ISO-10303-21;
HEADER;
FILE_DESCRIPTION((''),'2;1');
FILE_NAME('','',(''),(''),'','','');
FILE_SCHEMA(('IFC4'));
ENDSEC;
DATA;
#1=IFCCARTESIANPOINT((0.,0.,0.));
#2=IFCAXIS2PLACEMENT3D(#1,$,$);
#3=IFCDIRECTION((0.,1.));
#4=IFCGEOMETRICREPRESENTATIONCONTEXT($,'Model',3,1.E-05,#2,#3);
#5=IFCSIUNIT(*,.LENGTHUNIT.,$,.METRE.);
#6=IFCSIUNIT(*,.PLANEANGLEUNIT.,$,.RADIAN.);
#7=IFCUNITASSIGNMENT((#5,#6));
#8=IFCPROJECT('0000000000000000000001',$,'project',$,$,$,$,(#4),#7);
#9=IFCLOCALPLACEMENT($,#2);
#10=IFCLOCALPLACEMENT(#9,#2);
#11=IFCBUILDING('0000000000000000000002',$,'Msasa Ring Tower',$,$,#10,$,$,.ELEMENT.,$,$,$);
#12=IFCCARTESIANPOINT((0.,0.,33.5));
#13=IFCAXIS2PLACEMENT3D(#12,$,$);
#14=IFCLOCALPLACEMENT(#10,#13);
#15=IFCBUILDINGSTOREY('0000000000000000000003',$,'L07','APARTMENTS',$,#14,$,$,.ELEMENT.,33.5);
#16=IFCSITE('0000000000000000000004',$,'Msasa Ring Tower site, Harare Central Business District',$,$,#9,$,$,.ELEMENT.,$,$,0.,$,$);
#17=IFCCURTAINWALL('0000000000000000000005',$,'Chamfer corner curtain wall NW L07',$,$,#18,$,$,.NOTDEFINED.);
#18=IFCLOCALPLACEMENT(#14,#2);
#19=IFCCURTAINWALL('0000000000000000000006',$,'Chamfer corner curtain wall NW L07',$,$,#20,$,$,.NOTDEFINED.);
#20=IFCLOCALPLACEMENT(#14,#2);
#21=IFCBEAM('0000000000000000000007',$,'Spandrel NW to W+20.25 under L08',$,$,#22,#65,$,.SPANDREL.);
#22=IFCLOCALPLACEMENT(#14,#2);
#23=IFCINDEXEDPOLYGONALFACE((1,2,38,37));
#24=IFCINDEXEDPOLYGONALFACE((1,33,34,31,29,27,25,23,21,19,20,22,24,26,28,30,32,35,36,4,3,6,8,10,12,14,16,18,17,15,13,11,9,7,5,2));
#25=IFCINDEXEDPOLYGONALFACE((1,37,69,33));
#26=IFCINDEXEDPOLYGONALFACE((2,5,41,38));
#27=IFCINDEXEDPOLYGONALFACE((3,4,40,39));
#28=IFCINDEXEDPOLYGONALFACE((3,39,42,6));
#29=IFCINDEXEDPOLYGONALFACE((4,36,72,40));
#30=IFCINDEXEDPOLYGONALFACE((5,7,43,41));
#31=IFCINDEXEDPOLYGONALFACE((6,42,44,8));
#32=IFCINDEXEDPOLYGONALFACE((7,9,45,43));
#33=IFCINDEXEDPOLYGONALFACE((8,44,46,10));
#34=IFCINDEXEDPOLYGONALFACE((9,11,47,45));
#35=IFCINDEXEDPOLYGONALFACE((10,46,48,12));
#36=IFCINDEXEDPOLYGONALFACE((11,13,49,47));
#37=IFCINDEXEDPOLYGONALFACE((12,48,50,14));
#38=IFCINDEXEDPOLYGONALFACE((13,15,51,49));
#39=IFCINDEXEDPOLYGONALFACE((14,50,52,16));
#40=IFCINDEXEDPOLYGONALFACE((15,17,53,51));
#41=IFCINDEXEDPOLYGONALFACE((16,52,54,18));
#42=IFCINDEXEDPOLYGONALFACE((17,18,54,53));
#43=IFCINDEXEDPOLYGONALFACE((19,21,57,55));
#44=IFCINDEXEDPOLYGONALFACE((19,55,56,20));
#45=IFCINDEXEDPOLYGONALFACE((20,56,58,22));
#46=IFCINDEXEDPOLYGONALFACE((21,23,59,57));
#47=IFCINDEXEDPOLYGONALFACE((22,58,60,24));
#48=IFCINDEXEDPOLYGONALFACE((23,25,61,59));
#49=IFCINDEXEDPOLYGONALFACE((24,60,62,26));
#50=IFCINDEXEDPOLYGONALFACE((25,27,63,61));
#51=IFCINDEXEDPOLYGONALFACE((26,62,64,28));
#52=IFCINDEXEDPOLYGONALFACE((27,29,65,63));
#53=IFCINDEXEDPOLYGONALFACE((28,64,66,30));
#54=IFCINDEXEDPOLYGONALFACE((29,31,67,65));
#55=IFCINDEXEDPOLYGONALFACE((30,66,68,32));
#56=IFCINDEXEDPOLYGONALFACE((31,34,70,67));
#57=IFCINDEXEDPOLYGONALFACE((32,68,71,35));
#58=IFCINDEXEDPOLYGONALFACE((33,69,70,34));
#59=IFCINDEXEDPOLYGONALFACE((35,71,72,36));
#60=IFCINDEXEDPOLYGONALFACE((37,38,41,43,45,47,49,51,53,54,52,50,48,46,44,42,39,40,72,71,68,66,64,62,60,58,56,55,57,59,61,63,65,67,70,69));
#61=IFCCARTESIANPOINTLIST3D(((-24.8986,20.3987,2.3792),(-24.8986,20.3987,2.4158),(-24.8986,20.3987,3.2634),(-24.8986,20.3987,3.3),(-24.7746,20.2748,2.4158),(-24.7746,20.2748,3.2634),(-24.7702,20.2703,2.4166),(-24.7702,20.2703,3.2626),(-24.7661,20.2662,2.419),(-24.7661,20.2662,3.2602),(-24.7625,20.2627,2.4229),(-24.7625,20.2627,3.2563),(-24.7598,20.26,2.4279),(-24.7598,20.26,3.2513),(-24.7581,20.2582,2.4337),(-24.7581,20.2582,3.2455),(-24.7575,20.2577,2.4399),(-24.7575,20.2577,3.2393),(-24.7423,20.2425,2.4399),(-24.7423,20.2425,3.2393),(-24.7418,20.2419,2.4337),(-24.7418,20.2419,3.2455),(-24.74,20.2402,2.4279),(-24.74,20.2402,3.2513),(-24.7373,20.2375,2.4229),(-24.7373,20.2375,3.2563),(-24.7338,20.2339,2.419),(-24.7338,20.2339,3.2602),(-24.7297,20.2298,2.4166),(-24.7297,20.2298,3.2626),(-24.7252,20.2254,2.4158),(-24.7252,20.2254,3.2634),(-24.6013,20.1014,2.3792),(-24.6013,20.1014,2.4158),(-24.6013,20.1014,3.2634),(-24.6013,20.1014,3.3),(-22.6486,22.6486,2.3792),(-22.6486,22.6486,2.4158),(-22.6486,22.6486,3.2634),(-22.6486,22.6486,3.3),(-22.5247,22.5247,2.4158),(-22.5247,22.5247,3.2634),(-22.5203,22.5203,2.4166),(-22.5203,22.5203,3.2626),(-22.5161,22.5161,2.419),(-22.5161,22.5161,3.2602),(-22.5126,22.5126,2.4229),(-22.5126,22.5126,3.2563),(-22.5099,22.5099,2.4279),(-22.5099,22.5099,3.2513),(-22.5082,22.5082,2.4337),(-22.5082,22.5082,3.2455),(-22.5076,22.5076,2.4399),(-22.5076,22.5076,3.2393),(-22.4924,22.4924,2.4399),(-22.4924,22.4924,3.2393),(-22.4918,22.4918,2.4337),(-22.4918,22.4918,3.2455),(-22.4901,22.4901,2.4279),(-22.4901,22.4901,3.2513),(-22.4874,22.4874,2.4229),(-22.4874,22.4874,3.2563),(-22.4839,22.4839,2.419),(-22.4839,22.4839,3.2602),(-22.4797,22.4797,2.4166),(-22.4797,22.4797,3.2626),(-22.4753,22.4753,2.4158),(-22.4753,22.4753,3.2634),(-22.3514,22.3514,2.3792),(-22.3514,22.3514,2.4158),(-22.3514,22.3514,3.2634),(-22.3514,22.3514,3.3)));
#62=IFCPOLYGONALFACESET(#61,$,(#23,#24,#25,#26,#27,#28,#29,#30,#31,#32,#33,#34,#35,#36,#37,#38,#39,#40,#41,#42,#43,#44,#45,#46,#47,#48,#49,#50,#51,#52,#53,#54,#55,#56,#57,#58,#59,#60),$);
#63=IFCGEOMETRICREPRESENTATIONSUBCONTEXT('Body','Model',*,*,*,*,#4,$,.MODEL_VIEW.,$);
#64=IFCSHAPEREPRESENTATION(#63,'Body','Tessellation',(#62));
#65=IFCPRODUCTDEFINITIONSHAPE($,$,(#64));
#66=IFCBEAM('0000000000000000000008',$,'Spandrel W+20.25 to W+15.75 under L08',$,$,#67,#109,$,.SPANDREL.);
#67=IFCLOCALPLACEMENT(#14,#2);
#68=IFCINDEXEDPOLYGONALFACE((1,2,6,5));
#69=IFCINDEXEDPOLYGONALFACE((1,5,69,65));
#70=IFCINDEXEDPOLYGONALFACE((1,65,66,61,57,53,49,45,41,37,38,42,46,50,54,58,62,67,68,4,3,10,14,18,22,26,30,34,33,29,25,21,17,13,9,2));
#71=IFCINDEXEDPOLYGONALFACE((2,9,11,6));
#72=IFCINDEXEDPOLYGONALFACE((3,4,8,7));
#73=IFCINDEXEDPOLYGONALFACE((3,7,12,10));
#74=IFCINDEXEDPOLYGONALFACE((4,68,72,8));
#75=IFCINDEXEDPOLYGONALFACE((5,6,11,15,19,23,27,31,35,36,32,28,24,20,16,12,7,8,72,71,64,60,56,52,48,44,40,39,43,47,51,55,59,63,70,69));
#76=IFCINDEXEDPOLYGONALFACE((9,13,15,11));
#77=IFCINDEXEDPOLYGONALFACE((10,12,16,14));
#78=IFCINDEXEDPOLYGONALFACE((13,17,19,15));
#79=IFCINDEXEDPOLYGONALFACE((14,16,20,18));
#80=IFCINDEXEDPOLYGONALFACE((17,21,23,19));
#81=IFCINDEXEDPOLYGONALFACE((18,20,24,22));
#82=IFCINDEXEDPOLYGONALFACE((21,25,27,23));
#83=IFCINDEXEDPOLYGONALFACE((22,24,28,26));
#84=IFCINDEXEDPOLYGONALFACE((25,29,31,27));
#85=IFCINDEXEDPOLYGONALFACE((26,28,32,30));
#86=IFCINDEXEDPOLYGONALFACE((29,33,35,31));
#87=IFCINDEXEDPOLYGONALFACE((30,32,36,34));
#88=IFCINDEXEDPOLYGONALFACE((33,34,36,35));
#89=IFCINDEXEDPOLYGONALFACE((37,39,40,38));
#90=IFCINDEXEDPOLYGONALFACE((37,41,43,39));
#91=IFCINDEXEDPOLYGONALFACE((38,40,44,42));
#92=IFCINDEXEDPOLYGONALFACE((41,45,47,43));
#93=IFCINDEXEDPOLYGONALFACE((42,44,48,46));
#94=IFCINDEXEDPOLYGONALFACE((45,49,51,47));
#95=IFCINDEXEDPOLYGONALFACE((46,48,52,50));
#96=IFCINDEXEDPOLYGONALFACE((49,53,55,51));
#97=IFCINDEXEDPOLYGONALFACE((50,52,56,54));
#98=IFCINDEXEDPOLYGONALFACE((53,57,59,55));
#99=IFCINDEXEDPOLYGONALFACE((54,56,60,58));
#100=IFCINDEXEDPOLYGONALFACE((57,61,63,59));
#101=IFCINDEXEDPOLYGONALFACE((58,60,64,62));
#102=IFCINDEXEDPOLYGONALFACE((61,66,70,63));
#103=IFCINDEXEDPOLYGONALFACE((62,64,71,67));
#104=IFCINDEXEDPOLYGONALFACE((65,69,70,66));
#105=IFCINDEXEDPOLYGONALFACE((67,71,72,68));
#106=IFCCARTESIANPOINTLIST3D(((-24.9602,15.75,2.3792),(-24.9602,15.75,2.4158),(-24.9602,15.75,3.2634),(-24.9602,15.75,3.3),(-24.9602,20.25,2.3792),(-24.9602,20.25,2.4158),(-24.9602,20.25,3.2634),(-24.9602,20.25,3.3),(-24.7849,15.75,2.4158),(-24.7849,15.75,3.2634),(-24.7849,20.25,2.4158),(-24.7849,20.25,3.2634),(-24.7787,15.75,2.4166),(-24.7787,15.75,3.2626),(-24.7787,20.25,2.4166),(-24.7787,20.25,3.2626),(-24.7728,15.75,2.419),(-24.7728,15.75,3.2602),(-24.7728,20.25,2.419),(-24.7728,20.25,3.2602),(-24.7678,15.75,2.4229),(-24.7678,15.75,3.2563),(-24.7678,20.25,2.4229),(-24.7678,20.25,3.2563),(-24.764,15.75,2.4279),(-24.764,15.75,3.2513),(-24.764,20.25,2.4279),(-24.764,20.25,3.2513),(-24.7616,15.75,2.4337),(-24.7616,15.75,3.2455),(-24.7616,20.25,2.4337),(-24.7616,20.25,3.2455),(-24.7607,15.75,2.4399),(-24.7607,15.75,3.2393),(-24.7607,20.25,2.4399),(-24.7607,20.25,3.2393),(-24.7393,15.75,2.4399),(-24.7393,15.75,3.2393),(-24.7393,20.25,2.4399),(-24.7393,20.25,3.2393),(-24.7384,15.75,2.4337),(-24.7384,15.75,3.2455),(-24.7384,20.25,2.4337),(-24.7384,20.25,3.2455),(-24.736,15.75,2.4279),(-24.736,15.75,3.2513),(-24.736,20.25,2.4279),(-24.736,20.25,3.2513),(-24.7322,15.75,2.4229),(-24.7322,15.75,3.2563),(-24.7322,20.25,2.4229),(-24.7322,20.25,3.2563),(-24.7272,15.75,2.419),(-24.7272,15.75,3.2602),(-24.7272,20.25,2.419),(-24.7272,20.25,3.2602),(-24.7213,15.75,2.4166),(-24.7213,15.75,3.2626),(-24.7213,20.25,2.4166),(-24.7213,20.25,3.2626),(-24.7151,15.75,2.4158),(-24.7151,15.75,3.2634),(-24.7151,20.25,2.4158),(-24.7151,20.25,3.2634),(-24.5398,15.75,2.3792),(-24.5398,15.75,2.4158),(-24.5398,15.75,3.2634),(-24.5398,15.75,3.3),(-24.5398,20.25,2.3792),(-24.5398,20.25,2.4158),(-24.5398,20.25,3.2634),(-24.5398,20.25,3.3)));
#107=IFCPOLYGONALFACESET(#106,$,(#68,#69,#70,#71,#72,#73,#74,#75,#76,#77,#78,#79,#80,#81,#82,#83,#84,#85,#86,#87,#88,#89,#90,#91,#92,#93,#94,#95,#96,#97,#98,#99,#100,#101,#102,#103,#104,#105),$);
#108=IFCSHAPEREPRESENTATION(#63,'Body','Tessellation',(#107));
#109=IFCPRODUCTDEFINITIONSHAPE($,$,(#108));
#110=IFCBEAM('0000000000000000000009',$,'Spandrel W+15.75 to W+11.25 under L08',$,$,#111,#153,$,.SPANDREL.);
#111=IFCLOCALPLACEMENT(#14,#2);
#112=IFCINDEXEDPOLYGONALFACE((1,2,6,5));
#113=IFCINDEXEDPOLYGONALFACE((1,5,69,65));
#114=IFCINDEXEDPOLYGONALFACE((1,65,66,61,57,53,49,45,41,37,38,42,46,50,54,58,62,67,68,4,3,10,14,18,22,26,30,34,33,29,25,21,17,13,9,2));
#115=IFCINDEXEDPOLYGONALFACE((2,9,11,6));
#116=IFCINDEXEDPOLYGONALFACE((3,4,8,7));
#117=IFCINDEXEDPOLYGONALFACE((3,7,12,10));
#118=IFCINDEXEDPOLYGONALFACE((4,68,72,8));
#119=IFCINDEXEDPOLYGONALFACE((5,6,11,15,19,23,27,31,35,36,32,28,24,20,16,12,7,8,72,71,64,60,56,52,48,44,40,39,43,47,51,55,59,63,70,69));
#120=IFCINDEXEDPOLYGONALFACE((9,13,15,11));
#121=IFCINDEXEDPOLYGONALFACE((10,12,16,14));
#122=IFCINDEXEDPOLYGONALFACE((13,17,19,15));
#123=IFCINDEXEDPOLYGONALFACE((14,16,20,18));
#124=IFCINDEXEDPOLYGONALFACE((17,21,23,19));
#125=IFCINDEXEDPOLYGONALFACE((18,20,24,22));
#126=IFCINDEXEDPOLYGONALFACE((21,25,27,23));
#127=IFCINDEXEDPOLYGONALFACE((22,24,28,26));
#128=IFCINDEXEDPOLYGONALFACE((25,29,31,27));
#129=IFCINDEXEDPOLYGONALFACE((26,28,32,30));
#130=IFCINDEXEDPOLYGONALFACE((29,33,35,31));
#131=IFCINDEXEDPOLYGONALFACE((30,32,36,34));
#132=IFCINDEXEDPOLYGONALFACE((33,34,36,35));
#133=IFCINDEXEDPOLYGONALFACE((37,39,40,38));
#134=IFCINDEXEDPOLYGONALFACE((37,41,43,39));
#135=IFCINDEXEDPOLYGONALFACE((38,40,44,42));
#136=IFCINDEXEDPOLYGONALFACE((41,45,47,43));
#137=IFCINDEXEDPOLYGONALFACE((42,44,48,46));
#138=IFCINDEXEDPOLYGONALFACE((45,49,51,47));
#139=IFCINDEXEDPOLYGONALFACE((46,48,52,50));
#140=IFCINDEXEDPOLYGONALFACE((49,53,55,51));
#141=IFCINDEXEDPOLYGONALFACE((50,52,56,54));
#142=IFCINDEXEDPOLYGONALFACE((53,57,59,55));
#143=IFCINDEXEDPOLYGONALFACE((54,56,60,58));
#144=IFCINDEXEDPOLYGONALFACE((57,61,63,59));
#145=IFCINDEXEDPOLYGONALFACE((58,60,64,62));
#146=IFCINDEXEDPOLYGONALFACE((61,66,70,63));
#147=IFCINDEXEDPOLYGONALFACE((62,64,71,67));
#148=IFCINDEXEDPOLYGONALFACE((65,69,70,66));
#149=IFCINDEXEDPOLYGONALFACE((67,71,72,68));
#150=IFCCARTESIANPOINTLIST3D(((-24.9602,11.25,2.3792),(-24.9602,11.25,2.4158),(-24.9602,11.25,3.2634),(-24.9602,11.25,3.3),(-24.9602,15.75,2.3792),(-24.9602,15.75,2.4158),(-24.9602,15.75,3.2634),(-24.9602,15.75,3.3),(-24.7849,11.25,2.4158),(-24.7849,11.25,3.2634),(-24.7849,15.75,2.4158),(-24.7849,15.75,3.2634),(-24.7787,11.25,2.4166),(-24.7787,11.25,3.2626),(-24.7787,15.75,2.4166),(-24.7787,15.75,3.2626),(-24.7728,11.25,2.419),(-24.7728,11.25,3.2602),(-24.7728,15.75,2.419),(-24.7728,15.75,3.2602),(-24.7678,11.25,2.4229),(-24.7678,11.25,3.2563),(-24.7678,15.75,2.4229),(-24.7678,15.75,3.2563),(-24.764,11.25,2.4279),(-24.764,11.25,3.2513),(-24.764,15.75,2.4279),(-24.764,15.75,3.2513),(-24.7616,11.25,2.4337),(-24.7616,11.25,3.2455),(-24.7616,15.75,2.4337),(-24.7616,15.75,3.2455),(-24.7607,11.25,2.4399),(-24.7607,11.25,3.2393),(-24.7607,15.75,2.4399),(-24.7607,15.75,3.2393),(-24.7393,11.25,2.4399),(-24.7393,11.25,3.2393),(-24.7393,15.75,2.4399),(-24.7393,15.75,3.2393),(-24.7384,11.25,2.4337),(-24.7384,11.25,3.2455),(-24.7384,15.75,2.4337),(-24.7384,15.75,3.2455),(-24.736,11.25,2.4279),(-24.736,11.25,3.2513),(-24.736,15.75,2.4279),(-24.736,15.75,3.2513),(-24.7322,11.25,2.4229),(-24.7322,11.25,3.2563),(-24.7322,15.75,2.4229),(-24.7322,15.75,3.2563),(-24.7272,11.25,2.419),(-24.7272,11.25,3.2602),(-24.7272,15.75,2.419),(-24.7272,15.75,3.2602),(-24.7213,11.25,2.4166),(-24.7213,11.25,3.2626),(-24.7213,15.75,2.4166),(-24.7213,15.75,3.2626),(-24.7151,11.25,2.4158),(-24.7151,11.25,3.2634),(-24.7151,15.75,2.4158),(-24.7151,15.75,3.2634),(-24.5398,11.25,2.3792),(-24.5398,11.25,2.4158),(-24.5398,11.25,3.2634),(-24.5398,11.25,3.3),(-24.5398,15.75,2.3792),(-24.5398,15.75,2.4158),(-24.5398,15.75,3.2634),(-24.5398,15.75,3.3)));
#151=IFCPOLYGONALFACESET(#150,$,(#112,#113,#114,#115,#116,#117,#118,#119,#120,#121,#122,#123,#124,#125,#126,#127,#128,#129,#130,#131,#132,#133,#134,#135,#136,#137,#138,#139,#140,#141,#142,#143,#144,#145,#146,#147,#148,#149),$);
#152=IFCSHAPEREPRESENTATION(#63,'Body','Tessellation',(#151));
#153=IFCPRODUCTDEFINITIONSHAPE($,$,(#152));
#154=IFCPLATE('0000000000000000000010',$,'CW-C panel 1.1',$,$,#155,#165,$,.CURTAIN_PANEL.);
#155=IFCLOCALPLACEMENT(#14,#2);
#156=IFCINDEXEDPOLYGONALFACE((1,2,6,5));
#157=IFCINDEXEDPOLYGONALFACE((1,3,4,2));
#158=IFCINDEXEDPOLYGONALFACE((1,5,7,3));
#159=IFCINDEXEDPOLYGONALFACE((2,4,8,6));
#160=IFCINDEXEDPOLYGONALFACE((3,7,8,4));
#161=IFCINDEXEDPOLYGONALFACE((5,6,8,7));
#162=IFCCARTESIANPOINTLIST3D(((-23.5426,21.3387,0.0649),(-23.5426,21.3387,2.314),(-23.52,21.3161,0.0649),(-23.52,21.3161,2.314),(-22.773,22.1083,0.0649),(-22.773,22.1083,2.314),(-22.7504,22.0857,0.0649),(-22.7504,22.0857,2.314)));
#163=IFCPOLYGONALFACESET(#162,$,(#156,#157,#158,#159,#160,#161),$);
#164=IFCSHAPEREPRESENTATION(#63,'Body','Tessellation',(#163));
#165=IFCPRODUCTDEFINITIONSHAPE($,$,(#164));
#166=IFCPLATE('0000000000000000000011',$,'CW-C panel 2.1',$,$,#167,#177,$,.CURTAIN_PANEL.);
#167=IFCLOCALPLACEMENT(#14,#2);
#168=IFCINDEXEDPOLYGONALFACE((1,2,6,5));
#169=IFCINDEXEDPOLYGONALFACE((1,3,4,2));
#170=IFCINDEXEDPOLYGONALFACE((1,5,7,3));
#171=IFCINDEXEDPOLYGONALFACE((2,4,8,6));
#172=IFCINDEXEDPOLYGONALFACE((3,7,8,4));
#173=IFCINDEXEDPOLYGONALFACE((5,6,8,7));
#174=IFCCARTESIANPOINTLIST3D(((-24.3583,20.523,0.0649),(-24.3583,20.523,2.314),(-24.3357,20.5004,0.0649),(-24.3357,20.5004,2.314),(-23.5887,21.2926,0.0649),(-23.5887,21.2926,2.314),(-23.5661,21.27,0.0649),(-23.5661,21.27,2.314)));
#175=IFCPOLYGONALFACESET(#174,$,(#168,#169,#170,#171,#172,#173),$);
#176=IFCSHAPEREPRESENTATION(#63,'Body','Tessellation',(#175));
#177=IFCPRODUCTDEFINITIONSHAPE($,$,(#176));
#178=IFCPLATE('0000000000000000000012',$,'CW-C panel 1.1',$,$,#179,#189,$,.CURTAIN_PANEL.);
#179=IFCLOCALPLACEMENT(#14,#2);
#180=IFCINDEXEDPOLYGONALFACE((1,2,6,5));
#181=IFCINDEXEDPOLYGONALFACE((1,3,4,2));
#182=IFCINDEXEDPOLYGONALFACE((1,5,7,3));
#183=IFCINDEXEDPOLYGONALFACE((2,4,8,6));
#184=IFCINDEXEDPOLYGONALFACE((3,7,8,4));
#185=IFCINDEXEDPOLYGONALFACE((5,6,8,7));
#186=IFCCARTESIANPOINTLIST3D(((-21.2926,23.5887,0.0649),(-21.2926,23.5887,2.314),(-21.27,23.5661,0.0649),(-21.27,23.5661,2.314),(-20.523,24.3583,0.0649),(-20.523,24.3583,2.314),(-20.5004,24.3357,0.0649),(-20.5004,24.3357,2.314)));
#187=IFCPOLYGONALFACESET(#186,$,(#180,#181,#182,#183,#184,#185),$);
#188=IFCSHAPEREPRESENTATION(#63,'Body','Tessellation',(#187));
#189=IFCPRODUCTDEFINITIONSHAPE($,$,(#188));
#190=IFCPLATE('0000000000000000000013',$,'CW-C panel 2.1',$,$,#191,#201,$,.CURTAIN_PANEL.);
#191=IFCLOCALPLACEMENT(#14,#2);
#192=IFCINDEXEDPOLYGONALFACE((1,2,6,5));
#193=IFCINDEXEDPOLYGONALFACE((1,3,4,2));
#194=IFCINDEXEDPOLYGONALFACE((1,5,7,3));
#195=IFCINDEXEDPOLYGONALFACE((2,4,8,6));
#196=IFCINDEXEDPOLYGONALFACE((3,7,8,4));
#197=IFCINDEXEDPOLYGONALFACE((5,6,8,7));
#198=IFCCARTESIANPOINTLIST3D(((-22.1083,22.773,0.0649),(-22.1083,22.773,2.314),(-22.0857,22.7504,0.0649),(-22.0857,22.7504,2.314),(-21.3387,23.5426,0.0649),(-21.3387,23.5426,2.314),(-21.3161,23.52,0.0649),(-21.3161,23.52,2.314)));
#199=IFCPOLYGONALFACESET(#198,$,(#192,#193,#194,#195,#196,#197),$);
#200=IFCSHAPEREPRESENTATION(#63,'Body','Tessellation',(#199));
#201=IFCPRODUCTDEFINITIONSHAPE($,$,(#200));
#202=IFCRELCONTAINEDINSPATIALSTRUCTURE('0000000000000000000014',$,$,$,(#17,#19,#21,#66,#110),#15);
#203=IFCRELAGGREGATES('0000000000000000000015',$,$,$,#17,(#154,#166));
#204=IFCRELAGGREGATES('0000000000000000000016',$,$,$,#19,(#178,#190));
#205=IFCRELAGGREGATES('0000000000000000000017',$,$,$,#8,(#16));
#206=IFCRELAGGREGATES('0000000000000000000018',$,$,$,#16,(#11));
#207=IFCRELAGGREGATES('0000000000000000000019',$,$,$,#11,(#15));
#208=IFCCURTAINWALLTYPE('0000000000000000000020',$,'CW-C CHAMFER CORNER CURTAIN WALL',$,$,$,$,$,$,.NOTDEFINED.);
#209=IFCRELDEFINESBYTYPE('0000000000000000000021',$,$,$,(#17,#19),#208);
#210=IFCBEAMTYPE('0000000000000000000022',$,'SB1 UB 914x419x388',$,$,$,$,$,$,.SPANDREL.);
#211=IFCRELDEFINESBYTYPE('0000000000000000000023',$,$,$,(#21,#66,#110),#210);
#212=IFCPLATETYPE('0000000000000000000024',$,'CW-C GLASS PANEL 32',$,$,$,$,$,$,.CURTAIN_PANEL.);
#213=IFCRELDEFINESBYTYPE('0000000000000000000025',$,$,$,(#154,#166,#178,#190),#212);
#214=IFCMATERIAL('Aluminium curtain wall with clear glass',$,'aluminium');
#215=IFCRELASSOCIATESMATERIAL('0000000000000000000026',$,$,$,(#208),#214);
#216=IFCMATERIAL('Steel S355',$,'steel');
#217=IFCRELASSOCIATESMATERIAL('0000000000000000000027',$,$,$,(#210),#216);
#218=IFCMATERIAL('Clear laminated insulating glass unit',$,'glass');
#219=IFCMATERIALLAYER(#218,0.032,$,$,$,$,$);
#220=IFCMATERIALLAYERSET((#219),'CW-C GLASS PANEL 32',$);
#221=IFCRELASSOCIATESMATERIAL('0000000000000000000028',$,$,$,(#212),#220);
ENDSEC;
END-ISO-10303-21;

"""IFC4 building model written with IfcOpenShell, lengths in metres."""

from ifc_helpers import new_model, si_unit, direction, frame, origin, origin_2d, place, context, subcontext, project, spatial, rectangle, i_section, extrude, material, layer, layer_set, material_profile, profile_set, type_object, element, aggregate, save


model = new_model("IFC4")

# Units and contexts
model_context = context("Model", 3, precision=1e-05, world=origin(), true_north=direction((0.0, 1.0)))
body_context = subcontext(model_context, "Body", "Model", "MODEL_VIEW")
ifc_project = project(units=[si_unit("LENGTHUNIT", "METRE"), si_unit("PLANEANGLEUNIT", "RADIAN")], contexts=[model_context])

# Site, building, storey
site_placement = place(None, origin())
site = spatial("IfcSite", under=ifc_project, at=site_placement, Name="Msasa Ring Tower site, Harare Central Business District", CompositionType="ELEMENT", RefElevation=0.0)
building_placement = place(site_placement, origin())
building = spatial("IfcBuilding", under=site, at=building_placement, Name="Msasa Ring Tower", CompositionType="ELEMENT")
storey_placement = place(building_placement, frame((0.0, 0.0, 33.5)))
storey = spatial("IfcBuildingStorey", under=building, at=storey_placement, Name="L07", Description="APARTMENTS", CompositionType="ELEMENT", Elevation=33.5)

# Curtain walls
ifc_material_1 = material(Name="Aluminium curtain wall with clear glass", Category="aluminium")
curtain_wall_type = type_object("IfcCurtainWallType", Name="CW-C CHAMFER CORNER CURTAIN WALL", PredefinedType="NOTDEFINED", material=ifc_material_1)
curtain_wall_1_placement = place(storey_placement, origin())
curtain_wall_1 = element("IfcCurtainWall", 1, at=curtain_wall_1_placement, inside=storey, type_object=curtain_wall_type, Name="Chamfer corner curtain wall NW L07", PredefinedType="NOTDEFINED")
curtain_wall_2_placement = place(storey_placement, origin())
curtain_wall_2 = element("IfcCurtainWall", 2, at=curtain_wall_2_placement, inside=storey, type_object=curtain_wall_type, Name="Chamfer corner curtain wall NW L07", PredefinedType="NOTDEFINED")

# Beams
ifc_material_2 = material(Name="Steel S355", Category="steel")
ifc_material_profile_1 = material_profile(ifc_material_2, i_section(OverallWidth=0.4204, OverallDepth=0.9209, WebThickness=0.0215, FlangeThickness=0.0366, FilletRadius=0.0242, at=origin_2d()), Name="UB 914x419x388")
ifc_profile_set_1 = profile_set([ifc_material_profile_1], Name="Steel S355")
beam_type_1 = type_object("IfcBeamType", Name="SB1 UB 914x419x388", PredefinedType="SPANDREL", material=ifc_profile_set_1)
for number, where, z_axis, x_axis, name in (
    (3, (-22.5, 22.5, 2.8396), (-0.707107, -0.707107, 0.0), (0.707107, -0.707107, 0.0), "Spandrel NW to W+20.25 under L08"),
):
    element("IfcBeam", number, at=place(storey_placement, frame(where, z_axis=z_axis, x_axis=x_axis)), inside=storey, type_object=beam_type_1, Name=name, PredefinedType="SPANDREL", context=body_context, shape_type="SweptSolid", body=[
        extrude(i_section(OverallWidth=0.4204, OverallDepth=0.9209, WebThickness=0.0215, FlangeThickness=0.0366, FilletRadius=0.0242, at=origin_2d()), origin(), (0.0, 0.0, 1.0), 3.1819),
    ])
for number, where, z_axis, x_axis, name in (
    (4, (-24.75, 20.25, 2.8396), (0.0, -1.0, 0.0), (1.0, 0.0, 0.0), "Spandrel W+20.25 to W+15.75 under L08"),
    (5, (-24.75, 15.75, 2.8396), (0.0, -1.0, 0.0), (1.0, 0.0, 0.0), "Spandrel W+15.75 to W+11.25 under L08"),
):
    element("IfcBeam", number, at=place(storey_placement, frame(where, z_axis=z_axis, x_axis=x_axis)), inside=storey, type_object=beam_type_1, Name=name, PredefinedType="SPANDREL", context=body_context, shape_type="SweptSolid", body=[
        extrude(i_section(OverallWidth=0.4204, OverallDepth=0.9209, WebThickness=0.0215, FlangeThickness=0.0366, FilletRadius=0.0242, at=origin_2d()), origin(), (0.0, 0.0, 1.0), 4.5),
    ])

# Plates
ifc_material_3 = material(Name="Clear laminated insulating glass unit", Category="glass")
ifc_layer_1 = layer(ifc_material_3, 0.032)
ifc_layer_set_1 = layer_set([ifc_layer_1], Name="CW-C GLASS PANEL 32")
plate_type = type_object("IfcPlateType", Name="CW-C GLASS PANEL 32", PredefinedType="CURTAIN_PANEL", material=ifc_layer_set_1)
plate_1_placement = place(storey_placement, frame((-23.1465, 21.7122, 0.0649), z_axis=(0.0, 0.0, 1.0), x_axis=(-0.707107, -0.707107, 0.0)))
plate_1 = element("IfcPlate", 6, at=plate_1_placement, type_object=plate_type, Name="CW-C panel 1.1", PredefinedType="CURTAIN_PANEL", context=body_context, shape_type="SweptSolid", body=[
    extrude(rectangle(XDim=1.0884, YDim=0.032, at=origin_2d()), origin(), (0.0, 0.0, 1.0), 2.249),
])
plate_2_placement = place(storey_placement, frame((-23.9622, 20.8965, 0.0649), z_axis=(0.0, 0.0, 1.0), x_axis=(-0.707107, -0.707107, 0.0)))
plate_2 = element("IfcPlate", 7, at=plate_2_placement, type_object=plate_type, Name="CW-C panel 2.1", PredefinedType="CURTAIN_PANEL", context=body_context, shape_type="SweptSolid", body=[
    extrude(rectangle(XDim=1.0884, YDim=0.032, at=origin_2d()), origin(), (0.0, 0.0, 1.0), 2.249),
])
aggregate(curtain_wall_1, [plate_1, plate_2])
plate_3_placement = place(storey_placement, frame((-20.8965, 23.9622, 0.0649), z_axis=(0.0, 0.0, 1.0), x_axis=(-0.707107, -0.707107, 0.0)))
plate_3 = element("IfcPlate", 8, at=plate_3_placement, type_object=plate_type, Name="CW-C panel 1.1", PredefinedType="CURTAIN_PANEL", context=body_context, shape_type="SweptSolid", body=[
    extrude(rectangle(XDim=1.0884, YDim=0.032, at=origin_2d()), origin(), (0.0, 0.0, 1.0), 2.249),
])
plate_4_placement = place(storey_placement, frame((-21.7122, 23.1465, 0.0649), z_axis=(0.0, 0.0, 1.0), x_axis=(-0.707107, -0.707107, 0.0)))
plate_4 = element("IfcPlate", 9, at=plate_4_placement, type_object=plate_type, Name="CW-C panel 2.1", PredefinedType="CURTAIN_PANEL", context=body_context, shape_type="SweptSolid", body=[
    extrude(rectangle(XDim=1.0884, YDim=0.032, at=origin_2d()), origin(), (0.0, 0.0, 1.0), 2.249),
])
aggregate(curtain_wall_2, [plate_3, plate_4])

save(model, "model.ifc")
